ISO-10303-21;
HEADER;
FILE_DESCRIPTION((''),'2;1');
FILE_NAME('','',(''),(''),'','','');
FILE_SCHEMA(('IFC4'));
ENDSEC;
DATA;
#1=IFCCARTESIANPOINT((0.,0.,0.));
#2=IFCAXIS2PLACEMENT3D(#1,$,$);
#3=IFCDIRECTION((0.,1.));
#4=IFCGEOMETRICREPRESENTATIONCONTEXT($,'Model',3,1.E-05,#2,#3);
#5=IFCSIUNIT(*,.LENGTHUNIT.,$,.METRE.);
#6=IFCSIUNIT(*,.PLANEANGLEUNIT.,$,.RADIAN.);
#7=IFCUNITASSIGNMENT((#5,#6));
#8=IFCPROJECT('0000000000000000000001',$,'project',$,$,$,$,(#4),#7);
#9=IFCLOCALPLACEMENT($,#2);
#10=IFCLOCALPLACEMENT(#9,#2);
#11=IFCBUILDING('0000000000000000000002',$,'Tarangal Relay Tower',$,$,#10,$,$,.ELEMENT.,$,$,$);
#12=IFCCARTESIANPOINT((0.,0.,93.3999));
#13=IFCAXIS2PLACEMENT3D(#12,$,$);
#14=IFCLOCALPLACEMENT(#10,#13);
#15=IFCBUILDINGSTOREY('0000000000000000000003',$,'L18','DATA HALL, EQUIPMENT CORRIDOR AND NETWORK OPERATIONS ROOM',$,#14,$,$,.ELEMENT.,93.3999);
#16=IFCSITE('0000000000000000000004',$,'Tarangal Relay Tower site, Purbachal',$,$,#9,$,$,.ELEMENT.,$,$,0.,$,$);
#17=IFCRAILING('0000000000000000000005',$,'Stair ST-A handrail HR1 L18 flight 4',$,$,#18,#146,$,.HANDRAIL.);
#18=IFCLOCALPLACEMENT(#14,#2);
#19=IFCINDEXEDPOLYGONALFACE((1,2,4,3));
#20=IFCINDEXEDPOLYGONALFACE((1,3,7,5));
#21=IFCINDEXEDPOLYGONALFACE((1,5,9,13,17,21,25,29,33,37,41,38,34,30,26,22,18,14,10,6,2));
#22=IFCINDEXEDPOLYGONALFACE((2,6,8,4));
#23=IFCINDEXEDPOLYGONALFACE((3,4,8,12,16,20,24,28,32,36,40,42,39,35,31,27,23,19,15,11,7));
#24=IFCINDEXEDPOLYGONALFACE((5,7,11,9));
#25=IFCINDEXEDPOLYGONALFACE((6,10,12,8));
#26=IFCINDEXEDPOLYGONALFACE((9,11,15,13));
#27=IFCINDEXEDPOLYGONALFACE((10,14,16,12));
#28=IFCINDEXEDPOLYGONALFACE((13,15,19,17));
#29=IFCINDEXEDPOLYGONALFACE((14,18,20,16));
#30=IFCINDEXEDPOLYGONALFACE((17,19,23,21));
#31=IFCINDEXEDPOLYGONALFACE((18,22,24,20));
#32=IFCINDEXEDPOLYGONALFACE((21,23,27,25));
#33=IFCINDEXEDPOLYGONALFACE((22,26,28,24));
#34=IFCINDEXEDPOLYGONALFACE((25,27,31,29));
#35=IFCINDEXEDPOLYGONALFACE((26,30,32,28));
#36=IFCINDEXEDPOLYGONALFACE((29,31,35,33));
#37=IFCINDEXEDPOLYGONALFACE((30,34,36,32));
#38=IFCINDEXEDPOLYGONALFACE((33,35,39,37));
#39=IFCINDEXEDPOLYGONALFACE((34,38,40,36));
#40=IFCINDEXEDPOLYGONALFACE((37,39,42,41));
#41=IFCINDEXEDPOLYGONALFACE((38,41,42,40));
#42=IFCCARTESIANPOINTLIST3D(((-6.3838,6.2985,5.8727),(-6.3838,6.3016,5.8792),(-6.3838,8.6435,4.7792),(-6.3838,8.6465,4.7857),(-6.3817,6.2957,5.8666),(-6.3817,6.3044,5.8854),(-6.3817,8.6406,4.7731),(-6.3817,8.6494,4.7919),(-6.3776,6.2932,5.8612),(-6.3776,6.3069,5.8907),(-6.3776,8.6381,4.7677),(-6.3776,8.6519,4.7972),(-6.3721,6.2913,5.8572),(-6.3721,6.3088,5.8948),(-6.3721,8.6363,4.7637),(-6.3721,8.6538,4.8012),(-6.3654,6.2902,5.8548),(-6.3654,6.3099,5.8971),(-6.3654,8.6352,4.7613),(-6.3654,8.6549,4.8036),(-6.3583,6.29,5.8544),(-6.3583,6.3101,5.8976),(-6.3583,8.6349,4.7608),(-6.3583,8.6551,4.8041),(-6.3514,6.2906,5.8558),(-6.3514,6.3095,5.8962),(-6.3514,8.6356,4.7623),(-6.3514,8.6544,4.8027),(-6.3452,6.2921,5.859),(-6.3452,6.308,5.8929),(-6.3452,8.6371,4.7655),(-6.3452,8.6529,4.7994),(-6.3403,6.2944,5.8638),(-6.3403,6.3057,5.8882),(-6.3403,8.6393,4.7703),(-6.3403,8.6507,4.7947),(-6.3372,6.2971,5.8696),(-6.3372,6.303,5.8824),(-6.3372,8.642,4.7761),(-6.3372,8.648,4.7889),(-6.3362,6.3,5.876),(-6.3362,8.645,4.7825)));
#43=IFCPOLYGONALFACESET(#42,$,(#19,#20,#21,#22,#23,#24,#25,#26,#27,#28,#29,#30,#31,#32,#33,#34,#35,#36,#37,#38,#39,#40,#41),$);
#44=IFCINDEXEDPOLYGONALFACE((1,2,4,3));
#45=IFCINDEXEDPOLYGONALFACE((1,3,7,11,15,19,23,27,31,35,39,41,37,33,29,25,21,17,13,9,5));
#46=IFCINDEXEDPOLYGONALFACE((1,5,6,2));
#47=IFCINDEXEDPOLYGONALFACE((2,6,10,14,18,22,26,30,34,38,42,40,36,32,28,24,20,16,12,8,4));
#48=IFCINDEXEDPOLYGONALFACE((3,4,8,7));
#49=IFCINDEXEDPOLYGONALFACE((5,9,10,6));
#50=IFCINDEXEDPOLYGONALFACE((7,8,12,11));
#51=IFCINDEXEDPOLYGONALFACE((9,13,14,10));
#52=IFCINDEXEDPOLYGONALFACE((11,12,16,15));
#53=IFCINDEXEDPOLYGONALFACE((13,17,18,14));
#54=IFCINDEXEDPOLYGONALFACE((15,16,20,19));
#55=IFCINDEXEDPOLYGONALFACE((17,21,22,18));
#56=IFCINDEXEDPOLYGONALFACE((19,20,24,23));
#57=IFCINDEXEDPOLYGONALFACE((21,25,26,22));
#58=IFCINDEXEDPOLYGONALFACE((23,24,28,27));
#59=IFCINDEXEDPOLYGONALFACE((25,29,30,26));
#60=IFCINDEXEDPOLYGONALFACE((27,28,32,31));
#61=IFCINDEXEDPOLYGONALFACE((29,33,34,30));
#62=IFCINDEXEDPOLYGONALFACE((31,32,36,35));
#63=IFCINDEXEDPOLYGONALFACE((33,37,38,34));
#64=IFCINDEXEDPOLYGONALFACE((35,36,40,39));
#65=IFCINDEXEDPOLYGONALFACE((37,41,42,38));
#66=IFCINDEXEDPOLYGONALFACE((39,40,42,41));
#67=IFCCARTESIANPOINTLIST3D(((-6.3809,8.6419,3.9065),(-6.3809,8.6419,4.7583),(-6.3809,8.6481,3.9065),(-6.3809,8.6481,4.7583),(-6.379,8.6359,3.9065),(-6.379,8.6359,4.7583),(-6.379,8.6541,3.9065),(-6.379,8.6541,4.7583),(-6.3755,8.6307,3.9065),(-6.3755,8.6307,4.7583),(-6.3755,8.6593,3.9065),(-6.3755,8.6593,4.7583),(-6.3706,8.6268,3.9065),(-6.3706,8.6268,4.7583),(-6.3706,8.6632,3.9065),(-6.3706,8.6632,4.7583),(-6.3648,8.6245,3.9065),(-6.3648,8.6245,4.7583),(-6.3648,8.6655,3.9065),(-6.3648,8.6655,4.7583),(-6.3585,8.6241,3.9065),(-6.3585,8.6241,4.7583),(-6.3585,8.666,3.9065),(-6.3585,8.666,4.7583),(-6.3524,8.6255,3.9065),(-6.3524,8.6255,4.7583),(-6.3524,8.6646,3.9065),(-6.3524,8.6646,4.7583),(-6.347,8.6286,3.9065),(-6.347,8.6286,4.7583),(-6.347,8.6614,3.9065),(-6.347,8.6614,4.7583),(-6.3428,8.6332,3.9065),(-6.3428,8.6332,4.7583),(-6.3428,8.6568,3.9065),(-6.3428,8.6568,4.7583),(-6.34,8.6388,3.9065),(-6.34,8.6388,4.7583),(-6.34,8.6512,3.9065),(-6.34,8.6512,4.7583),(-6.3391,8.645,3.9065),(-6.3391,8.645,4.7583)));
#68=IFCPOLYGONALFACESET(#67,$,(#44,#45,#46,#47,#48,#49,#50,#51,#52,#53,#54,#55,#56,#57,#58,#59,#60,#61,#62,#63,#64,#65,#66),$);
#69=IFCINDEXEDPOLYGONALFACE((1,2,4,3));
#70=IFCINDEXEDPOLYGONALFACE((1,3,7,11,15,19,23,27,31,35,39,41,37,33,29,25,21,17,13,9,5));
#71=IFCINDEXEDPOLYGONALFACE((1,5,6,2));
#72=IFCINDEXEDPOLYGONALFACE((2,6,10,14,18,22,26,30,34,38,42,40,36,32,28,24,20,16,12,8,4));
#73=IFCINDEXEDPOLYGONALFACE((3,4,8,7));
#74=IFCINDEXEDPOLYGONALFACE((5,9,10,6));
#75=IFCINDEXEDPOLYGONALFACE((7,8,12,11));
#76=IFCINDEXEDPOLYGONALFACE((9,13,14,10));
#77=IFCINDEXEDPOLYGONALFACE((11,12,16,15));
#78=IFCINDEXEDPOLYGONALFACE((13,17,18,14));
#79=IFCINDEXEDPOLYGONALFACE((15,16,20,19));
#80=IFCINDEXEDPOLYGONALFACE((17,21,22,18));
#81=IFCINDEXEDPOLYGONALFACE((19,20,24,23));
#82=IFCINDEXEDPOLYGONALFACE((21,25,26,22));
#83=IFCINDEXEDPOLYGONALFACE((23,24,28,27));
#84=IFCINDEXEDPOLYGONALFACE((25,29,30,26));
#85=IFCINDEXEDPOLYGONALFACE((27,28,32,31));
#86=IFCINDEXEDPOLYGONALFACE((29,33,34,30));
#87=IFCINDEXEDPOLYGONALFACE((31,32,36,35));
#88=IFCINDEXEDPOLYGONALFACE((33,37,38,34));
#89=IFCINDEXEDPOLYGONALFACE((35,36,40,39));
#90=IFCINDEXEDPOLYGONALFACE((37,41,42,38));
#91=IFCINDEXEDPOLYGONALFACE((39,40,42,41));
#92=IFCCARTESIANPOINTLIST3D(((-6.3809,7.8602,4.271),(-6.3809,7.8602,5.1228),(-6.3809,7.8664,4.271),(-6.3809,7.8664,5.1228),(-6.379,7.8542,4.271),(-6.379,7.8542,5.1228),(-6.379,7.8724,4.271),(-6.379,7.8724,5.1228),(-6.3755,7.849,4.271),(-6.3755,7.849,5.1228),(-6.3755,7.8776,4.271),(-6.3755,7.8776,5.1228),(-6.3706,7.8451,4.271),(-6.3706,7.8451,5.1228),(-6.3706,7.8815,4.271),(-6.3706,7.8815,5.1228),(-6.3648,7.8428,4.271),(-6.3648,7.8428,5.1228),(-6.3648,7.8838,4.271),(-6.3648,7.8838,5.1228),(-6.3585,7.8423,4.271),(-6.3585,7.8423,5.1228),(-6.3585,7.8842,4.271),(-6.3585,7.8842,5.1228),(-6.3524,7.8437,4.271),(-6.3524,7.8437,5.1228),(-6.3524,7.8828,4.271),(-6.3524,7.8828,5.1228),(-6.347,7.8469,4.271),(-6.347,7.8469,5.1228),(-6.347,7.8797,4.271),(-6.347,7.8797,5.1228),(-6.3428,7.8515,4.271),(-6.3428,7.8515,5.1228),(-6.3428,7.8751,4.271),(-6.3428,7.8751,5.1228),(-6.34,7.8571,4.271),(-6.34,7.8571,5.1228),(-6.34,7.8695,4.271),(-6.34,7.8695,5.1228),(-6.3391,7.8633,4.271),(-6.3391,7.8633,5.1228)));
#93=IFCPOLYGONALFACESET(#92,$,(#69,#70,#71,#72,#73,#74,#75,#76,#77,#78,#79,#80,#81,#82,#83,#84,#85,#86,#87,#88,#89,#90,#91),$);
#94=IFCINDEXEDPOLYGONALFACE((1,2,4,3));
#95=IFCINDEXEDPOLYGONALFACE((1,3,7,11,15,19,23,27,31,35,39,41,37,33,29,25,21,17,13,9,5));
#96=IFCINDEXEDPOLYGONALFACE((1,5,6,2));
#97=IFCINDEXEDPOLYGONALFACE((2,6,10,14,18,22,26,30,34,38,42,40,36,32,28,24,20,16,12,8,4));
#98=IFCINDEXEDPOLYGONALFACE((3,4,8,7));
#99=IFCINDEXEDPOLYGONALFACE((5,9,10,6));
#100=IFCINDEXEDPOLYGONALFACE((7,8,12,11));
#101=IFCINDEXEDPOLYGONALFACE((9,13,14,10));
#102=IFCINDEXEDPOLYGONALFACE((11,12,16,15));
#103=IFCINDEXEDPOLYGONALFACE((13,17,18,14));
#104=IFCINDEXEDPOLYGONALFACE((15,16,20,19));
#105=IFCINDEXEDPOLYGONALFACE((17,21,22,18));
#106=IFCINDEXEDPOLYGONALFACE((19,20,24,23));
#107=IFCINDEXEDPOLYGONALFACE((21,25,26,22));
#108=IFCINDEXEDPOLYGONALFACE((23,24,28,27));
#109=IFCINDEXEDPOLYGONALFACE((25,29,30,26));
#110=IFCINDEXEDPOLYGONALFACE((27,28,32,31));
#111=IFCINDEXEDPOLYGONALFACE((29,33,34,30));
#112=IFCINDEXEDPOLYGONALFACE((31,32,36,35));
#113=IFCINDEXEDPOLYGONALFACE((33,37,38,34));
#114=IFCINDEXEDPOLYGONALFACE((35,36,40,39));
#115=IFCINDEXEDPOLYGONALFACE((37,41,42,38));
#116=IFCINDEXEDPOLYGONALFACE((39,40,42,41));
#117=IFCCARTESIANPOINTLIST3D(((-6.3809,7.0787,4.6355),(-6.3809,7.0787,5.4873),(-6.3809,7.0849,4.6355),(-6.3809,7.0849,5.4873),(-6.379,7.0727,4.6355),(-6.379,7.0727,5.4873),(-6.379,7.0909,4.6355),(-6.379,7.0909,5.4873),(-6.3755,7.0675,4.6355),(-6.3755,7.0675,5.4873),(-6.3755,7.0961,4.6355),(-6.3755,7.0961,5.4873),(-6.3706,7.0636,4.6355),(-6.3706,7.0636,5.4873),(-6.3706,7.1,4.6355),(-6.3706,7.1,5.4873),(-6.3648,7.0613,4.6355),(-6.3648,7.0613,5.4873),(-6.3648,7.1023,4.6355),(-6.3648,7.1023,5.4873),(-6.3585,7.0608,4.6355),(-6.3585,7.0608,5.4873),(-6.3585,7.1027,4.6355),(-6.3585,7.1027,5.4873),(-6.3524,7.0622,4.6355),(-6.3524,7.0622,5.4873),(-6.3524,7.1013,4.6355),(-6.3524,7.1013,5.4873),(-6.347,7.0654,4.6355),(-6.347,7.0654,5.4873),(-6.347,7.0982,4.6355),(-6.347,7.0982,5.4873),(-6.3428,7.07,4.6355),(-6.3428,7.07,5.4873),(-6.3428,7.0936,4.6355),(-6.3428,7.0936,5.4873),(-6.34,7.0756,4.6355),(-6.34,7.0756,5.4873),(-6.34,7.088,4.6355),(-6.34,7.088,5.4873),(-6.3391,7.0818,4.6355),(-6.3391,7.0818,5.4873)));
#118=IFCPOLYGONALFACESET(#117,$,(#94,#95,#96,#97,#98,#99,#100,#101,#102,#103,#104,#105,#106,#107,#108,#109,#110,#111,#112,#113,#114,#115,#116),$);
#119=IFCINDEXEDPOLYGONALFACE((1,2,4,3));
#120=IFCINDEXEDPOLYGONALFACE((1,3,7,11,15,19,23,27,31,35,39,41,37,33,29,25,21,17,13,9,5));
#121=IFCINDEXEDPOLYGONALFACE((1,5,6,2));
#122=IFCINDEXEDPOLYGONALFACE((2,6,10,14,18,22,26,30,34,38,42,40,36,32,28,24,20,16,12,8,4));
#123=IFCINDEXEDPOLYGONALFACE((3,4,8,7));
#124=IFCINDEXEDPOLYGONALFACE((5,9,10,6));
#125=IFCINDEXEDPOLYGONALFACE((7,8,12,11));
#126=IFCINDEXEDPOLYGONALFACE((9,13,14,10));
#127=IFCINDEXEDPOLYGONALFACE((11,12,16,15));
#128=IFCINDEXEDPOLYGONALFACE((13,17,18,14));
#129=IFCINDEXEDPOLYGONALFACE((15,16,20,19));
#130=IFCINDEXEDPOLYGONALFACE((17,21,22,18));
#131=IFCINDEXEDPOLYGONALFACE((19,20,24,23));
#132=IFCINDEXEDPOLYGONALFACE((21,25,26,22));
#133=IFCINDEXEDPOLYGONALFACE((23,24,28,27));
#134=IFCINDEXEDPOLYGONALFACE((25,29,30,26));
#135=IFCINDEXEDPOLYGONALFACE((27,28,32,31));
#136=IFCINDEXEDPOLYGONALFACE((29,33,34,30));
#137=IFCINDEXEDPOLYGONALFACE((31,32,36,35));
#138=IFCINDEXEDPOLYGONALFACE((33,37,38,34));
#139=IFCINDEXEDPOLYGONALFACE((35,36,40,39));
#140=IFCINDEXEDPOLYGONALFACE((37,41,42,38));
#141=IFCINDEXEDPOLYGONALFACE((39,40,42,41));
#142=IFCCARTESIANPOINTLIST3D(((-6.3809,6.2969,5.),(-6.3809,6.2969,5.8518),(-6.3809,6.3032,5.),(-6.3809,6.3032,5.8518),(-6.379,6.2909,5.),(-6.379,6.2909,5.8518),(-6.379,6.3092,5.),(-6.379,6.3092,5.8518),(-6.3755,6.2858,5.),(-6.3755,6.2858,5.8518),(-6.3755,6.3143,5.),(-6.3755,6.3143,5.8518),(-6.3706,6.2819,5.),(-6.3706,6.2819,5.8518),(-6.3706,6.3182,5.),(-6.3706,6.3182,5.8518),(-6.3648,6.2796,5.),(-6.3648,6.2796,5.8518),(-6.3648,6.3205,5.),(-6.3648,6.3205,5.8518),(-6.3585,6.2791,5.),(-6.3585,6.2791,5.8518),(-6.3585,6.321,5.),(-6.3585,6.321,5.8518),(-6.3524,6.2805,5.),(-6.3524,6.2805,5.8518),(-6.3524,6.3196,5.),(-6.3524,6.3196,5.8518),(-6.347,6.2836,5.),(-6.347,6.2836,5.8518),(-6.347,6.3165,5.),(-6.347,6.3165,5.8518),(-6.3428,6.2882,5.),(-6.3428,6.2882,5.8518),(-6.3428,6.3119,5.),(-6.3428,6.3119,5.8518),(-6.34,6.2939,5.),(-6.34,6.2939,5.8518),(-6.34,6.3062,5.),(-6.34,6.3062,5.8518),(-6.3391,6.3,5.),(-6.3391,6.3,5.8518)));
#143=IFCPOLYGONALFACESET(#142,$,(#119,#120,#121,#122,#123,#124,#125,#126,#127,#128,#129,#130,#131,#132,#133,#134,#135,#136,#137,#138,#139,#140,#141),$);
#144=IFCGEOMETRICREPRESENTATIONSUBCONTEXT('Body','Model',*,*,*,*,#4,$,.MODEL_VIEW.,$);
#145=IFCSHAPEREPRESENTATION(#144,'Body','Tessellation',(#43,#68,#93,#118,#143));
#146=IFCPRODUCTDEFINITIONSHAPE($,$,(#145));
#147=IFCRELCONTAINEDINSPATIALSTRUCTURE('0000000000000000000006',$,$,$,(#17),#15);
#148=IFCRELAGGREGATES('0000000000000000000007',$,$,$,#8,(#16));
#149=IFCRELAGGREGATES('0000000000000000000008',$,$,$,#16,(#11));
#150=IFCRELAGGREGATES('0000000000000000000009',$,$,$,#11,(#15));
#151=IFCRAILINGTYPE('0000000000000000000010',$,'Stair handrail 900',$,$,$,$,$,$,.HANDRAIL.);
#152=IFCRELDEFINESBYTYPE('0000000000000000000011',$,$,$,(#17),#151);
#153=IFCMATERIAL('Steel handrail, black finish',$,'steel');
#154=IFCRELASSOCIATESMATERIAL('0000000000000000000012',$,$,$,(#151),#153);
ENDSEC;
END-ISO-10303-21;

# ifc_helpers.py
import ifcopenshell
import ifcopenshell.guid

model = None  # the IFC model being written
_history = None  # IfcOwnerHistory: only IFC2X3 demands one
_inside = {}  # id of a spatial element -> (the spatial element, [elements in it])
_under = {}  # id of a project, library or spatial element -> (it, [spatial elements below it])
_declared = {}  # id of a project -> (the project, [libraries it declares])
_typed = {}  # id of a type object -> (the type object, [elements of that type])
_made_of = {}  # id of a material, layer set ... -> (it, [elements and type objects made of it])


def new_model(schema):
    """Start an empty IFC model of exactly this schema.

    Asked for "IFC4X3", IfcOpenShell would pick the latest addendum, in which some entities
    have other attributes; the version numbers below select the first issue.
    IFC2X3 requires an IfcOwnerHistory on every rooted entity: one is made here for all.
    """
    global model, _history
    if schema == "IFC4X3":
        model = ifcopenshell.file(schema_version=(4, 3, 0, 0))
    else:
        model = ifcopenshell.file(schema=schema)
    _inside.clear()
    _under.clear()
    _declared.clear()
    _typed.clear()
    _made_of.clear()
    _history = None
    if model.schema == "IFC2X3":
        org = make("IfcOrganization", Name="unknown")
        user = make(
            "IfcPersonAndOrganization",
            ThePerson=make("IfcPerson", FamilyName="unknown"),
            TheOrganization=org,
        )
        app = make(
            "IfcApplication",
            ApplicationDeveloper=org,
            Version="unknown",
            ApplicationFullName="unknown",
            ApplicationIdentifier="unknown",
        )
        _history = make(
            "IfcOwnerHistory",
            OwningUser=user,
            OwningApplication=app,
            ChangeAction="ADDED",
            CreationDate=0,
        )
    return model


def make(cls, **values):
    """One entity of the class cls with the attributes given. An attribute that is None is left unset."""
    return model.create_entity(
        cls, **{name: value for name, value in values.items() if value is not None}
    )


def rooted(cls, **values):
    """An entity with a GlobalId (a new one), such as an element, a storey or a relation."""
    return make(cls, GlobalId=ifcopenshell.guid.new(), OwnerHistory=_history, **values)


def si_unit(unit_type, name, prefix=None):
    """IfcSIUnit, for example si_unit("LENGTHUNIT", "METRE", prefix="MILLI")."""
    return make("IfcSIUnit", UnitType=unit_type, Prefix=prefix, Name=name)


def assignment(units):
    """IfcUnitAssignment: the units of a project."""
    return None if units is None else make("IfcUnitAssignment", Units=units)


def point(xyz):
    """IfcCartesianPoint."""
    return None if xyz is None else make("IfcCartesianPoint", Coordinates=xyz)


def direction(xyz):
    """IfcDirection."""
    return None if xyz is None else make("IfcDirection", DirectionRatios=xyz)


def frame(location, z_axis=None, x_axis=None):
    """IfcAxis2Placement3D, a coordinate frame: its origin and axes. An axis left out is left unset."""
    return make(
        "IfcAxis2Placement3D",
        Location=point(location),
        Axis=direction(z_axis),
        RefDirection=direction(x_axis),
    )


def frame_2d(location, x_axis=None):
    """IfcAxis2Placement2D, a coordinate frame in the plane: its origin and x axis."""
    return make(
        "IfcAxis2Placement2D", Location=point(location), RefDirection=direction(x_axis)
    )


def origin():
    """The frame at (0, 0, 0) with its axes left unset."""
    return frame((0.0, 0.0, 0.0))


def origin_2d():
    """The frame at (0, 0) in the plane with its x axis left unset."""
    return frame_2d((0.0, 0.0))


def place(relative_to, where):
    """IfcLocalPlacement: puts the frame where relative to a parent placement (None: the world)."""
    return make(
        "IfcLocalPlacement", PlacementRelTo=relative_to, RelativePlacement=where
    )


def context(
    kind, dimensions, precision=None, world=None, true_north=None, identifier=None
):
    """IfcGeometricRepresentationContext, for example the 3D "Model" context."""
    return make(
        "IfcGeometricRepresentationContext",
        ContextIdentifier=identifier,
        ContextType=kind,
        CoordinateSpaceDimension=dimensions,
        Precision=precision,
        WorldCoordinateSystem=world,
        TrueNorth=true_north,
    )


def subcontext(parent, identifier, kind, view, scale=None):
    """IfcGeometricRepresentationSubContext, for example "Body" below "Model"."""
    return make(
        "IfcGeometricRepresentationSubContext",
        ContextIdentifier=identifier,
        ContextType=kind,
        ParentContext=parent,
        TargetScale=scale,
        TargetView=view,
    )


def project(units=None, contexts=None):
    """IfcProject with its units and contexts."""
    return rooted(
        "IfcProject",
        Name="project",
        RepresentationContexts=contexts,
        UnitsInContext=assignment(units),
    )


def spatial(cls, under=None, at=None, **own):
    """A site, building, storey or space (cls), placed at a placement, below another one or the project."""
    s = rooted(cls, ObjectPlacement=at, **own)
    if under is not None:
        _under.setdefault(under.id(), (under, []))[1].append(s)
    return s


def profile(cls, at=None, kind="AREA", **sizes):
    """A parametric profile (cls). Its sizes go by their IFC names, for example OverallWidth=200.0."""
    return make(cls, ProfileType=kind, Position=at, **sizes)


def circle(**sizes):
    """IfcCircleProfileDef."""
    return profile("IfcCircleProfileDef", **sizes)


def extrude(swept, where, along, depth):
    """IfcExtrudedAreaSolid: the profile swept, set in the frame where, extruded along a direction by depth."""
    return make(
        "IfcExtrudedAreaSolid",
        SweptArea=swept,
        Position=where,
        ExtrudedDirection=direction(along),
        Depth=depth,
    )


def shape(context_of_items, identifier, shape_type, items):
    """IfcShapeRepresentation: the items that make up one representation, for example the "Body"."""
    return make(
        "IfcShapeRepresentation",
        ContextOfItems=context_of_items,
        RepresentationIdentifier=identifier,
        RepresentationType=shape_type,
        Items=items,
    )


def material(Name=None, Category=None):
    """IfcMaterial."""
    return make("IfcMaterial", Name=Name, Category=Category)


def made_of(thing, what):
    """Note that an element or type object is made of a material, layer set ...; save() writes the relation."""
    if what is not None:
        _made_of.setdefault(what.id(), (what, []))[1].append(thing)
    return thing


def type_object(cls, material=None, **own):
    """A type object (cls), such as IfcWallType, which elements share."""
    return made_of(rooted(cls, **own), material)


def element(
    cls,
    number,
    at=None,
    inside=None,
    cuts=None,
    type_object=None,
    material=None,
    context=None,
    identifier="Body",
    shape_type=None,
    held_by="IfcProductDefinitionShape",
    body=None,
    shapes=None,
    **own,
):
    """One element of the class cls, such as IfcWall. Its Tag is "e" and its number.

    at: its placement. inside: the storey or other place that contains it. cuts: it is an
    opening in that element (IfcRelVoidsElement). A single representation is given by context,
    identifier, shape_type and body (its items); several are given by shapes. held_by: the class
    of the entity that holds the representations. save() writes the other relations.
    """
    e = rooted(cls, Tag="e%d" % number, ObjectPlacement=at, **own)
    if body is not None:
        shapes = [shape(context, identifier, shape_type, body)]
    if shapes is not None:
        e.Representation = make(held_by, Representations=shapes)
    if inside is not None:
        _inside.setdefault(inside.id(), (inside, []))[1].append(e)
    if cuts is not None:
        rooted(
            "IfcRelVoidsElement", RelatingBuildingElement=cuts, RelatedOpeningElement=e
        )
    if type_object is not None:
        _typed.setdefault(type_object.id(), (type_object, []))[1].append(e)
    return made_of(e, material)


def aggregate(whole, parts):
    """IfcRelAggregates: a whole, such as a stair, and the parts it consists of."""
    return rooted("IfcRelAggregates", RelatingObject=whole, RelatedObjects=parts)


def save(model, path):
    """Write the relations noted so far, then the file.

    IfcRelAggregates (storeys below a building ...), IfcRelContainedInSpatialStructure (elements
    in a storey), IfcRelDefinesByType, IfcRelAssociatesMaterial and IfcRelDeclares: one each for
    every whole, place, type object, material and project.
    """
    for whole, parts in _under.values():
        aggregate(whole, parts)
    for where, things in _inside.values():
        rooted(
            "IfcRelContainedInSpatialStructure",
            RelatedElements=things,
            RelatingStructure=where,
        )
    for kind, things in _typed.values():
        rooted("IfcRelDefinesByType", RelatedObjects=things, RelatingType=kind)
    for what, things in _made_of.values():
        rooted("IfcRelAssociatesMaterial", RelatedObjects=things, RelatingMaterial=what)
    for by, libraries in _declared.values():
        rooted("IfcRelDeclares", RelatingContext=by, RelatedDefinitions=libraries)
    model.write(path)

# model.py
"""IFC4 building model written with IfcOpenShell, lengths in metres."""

from ifc_helpers import new_model, si_unit, direction, frame, origin, origin_2d, place, context, subcontext, project, spatial, circle, extrude, material, type_object, element, save


model = new_model("IFC4")

# Units and contexts
model_context = context("Model", 3, precision=1e-05, world=origin(), true_north=direction((0.0, 1.0)))
body_context = subcontext(model_context, "Body", "Model", "MODEL_VIEW")
ifc_project = project(units=[si_unit("LENGTHUNIT", "METRE"), si_unit("PLANEANGLEUNIT", "RADIAN")], contexts=[model_context])

# Site, building, storey
site_placement = place(None, origin())
site = spatial("IfcSite", under=ifc_project, at=site_placement, Name="Tarangal Relay Tower site, Purbachal", CompositionType="ELEMENT", RefElevation=0.0)
building_placement = place(site_placement, origin())
building = spatial("IfcBuilding", under=site, at=building_placement, Name="Tarangal Relay Tower", CompositionType="ELEMENT")
storey_placement = place(building_placement, frame((0.0, 0.0, 93.3999)))
storey = spatial("IfcBuildingStorey", under=building, at=storey_placement, Name="L18", Description="DATA HALL, EQUIPMENT CORRIDOR AND NETWORK OPERATIONS ROOM", CompositionType="ELEMENT", Elevation=93.3999)

# Railing
ifc_material_1 = material(Name="Steel handrail, black finish", Category="steel")
railing_type_1 = type_object("IfcRailingType", Name="Stair handrail 900", PredefinedType="HANDRAIL", material=ifc_material_1)
for number, where, name in (
    (1, (-6.3601, 8.645, 3.9065), "Stair ST-A handrail HR1 L18 flight 4"),
):
    element("IfcRailing", number, at=place(storey_placement, frame(where)), inside=storey, type_object=railing_type_1, Name=name, PredefinedType="HANDRAIL", context=body_context, shape_type="SweptSolid", body=[
        extrude(circle(Radius=0.0239, at=origin_2d()), frame((0.0, 0.0, 0.876), z_axis=(0.0, -0.906304, 0.422627), x_axis=(1.0, 0.0, 0.0)), (0.0, 0.0, 1.0), 2.5874),
        extrude(circle(Radius=0.021, at=origin_2d()), origin(), (0.0, 0.0, 1.0), 0.8518),
        extrude(circle(Radius=0.021, at=origin_2d()), frame((0.0, -0.7817, 0.3645)), (0.0, 0.0, 1.0), 0.8518),
        extrude(circle(Radius=0.021, at=origin_2d()), frame((0.0, -1.5632, 0.729)), (0.0, 0.0, 1.0), 0.8518),
        extrude(circle(Radius=0.021, at=origin_2d()), frame((0.0, -2.345, 1.0935)), (0.0, 0.0, 1.0), 0.8518),
    ])

save(model, "model.ifc")
